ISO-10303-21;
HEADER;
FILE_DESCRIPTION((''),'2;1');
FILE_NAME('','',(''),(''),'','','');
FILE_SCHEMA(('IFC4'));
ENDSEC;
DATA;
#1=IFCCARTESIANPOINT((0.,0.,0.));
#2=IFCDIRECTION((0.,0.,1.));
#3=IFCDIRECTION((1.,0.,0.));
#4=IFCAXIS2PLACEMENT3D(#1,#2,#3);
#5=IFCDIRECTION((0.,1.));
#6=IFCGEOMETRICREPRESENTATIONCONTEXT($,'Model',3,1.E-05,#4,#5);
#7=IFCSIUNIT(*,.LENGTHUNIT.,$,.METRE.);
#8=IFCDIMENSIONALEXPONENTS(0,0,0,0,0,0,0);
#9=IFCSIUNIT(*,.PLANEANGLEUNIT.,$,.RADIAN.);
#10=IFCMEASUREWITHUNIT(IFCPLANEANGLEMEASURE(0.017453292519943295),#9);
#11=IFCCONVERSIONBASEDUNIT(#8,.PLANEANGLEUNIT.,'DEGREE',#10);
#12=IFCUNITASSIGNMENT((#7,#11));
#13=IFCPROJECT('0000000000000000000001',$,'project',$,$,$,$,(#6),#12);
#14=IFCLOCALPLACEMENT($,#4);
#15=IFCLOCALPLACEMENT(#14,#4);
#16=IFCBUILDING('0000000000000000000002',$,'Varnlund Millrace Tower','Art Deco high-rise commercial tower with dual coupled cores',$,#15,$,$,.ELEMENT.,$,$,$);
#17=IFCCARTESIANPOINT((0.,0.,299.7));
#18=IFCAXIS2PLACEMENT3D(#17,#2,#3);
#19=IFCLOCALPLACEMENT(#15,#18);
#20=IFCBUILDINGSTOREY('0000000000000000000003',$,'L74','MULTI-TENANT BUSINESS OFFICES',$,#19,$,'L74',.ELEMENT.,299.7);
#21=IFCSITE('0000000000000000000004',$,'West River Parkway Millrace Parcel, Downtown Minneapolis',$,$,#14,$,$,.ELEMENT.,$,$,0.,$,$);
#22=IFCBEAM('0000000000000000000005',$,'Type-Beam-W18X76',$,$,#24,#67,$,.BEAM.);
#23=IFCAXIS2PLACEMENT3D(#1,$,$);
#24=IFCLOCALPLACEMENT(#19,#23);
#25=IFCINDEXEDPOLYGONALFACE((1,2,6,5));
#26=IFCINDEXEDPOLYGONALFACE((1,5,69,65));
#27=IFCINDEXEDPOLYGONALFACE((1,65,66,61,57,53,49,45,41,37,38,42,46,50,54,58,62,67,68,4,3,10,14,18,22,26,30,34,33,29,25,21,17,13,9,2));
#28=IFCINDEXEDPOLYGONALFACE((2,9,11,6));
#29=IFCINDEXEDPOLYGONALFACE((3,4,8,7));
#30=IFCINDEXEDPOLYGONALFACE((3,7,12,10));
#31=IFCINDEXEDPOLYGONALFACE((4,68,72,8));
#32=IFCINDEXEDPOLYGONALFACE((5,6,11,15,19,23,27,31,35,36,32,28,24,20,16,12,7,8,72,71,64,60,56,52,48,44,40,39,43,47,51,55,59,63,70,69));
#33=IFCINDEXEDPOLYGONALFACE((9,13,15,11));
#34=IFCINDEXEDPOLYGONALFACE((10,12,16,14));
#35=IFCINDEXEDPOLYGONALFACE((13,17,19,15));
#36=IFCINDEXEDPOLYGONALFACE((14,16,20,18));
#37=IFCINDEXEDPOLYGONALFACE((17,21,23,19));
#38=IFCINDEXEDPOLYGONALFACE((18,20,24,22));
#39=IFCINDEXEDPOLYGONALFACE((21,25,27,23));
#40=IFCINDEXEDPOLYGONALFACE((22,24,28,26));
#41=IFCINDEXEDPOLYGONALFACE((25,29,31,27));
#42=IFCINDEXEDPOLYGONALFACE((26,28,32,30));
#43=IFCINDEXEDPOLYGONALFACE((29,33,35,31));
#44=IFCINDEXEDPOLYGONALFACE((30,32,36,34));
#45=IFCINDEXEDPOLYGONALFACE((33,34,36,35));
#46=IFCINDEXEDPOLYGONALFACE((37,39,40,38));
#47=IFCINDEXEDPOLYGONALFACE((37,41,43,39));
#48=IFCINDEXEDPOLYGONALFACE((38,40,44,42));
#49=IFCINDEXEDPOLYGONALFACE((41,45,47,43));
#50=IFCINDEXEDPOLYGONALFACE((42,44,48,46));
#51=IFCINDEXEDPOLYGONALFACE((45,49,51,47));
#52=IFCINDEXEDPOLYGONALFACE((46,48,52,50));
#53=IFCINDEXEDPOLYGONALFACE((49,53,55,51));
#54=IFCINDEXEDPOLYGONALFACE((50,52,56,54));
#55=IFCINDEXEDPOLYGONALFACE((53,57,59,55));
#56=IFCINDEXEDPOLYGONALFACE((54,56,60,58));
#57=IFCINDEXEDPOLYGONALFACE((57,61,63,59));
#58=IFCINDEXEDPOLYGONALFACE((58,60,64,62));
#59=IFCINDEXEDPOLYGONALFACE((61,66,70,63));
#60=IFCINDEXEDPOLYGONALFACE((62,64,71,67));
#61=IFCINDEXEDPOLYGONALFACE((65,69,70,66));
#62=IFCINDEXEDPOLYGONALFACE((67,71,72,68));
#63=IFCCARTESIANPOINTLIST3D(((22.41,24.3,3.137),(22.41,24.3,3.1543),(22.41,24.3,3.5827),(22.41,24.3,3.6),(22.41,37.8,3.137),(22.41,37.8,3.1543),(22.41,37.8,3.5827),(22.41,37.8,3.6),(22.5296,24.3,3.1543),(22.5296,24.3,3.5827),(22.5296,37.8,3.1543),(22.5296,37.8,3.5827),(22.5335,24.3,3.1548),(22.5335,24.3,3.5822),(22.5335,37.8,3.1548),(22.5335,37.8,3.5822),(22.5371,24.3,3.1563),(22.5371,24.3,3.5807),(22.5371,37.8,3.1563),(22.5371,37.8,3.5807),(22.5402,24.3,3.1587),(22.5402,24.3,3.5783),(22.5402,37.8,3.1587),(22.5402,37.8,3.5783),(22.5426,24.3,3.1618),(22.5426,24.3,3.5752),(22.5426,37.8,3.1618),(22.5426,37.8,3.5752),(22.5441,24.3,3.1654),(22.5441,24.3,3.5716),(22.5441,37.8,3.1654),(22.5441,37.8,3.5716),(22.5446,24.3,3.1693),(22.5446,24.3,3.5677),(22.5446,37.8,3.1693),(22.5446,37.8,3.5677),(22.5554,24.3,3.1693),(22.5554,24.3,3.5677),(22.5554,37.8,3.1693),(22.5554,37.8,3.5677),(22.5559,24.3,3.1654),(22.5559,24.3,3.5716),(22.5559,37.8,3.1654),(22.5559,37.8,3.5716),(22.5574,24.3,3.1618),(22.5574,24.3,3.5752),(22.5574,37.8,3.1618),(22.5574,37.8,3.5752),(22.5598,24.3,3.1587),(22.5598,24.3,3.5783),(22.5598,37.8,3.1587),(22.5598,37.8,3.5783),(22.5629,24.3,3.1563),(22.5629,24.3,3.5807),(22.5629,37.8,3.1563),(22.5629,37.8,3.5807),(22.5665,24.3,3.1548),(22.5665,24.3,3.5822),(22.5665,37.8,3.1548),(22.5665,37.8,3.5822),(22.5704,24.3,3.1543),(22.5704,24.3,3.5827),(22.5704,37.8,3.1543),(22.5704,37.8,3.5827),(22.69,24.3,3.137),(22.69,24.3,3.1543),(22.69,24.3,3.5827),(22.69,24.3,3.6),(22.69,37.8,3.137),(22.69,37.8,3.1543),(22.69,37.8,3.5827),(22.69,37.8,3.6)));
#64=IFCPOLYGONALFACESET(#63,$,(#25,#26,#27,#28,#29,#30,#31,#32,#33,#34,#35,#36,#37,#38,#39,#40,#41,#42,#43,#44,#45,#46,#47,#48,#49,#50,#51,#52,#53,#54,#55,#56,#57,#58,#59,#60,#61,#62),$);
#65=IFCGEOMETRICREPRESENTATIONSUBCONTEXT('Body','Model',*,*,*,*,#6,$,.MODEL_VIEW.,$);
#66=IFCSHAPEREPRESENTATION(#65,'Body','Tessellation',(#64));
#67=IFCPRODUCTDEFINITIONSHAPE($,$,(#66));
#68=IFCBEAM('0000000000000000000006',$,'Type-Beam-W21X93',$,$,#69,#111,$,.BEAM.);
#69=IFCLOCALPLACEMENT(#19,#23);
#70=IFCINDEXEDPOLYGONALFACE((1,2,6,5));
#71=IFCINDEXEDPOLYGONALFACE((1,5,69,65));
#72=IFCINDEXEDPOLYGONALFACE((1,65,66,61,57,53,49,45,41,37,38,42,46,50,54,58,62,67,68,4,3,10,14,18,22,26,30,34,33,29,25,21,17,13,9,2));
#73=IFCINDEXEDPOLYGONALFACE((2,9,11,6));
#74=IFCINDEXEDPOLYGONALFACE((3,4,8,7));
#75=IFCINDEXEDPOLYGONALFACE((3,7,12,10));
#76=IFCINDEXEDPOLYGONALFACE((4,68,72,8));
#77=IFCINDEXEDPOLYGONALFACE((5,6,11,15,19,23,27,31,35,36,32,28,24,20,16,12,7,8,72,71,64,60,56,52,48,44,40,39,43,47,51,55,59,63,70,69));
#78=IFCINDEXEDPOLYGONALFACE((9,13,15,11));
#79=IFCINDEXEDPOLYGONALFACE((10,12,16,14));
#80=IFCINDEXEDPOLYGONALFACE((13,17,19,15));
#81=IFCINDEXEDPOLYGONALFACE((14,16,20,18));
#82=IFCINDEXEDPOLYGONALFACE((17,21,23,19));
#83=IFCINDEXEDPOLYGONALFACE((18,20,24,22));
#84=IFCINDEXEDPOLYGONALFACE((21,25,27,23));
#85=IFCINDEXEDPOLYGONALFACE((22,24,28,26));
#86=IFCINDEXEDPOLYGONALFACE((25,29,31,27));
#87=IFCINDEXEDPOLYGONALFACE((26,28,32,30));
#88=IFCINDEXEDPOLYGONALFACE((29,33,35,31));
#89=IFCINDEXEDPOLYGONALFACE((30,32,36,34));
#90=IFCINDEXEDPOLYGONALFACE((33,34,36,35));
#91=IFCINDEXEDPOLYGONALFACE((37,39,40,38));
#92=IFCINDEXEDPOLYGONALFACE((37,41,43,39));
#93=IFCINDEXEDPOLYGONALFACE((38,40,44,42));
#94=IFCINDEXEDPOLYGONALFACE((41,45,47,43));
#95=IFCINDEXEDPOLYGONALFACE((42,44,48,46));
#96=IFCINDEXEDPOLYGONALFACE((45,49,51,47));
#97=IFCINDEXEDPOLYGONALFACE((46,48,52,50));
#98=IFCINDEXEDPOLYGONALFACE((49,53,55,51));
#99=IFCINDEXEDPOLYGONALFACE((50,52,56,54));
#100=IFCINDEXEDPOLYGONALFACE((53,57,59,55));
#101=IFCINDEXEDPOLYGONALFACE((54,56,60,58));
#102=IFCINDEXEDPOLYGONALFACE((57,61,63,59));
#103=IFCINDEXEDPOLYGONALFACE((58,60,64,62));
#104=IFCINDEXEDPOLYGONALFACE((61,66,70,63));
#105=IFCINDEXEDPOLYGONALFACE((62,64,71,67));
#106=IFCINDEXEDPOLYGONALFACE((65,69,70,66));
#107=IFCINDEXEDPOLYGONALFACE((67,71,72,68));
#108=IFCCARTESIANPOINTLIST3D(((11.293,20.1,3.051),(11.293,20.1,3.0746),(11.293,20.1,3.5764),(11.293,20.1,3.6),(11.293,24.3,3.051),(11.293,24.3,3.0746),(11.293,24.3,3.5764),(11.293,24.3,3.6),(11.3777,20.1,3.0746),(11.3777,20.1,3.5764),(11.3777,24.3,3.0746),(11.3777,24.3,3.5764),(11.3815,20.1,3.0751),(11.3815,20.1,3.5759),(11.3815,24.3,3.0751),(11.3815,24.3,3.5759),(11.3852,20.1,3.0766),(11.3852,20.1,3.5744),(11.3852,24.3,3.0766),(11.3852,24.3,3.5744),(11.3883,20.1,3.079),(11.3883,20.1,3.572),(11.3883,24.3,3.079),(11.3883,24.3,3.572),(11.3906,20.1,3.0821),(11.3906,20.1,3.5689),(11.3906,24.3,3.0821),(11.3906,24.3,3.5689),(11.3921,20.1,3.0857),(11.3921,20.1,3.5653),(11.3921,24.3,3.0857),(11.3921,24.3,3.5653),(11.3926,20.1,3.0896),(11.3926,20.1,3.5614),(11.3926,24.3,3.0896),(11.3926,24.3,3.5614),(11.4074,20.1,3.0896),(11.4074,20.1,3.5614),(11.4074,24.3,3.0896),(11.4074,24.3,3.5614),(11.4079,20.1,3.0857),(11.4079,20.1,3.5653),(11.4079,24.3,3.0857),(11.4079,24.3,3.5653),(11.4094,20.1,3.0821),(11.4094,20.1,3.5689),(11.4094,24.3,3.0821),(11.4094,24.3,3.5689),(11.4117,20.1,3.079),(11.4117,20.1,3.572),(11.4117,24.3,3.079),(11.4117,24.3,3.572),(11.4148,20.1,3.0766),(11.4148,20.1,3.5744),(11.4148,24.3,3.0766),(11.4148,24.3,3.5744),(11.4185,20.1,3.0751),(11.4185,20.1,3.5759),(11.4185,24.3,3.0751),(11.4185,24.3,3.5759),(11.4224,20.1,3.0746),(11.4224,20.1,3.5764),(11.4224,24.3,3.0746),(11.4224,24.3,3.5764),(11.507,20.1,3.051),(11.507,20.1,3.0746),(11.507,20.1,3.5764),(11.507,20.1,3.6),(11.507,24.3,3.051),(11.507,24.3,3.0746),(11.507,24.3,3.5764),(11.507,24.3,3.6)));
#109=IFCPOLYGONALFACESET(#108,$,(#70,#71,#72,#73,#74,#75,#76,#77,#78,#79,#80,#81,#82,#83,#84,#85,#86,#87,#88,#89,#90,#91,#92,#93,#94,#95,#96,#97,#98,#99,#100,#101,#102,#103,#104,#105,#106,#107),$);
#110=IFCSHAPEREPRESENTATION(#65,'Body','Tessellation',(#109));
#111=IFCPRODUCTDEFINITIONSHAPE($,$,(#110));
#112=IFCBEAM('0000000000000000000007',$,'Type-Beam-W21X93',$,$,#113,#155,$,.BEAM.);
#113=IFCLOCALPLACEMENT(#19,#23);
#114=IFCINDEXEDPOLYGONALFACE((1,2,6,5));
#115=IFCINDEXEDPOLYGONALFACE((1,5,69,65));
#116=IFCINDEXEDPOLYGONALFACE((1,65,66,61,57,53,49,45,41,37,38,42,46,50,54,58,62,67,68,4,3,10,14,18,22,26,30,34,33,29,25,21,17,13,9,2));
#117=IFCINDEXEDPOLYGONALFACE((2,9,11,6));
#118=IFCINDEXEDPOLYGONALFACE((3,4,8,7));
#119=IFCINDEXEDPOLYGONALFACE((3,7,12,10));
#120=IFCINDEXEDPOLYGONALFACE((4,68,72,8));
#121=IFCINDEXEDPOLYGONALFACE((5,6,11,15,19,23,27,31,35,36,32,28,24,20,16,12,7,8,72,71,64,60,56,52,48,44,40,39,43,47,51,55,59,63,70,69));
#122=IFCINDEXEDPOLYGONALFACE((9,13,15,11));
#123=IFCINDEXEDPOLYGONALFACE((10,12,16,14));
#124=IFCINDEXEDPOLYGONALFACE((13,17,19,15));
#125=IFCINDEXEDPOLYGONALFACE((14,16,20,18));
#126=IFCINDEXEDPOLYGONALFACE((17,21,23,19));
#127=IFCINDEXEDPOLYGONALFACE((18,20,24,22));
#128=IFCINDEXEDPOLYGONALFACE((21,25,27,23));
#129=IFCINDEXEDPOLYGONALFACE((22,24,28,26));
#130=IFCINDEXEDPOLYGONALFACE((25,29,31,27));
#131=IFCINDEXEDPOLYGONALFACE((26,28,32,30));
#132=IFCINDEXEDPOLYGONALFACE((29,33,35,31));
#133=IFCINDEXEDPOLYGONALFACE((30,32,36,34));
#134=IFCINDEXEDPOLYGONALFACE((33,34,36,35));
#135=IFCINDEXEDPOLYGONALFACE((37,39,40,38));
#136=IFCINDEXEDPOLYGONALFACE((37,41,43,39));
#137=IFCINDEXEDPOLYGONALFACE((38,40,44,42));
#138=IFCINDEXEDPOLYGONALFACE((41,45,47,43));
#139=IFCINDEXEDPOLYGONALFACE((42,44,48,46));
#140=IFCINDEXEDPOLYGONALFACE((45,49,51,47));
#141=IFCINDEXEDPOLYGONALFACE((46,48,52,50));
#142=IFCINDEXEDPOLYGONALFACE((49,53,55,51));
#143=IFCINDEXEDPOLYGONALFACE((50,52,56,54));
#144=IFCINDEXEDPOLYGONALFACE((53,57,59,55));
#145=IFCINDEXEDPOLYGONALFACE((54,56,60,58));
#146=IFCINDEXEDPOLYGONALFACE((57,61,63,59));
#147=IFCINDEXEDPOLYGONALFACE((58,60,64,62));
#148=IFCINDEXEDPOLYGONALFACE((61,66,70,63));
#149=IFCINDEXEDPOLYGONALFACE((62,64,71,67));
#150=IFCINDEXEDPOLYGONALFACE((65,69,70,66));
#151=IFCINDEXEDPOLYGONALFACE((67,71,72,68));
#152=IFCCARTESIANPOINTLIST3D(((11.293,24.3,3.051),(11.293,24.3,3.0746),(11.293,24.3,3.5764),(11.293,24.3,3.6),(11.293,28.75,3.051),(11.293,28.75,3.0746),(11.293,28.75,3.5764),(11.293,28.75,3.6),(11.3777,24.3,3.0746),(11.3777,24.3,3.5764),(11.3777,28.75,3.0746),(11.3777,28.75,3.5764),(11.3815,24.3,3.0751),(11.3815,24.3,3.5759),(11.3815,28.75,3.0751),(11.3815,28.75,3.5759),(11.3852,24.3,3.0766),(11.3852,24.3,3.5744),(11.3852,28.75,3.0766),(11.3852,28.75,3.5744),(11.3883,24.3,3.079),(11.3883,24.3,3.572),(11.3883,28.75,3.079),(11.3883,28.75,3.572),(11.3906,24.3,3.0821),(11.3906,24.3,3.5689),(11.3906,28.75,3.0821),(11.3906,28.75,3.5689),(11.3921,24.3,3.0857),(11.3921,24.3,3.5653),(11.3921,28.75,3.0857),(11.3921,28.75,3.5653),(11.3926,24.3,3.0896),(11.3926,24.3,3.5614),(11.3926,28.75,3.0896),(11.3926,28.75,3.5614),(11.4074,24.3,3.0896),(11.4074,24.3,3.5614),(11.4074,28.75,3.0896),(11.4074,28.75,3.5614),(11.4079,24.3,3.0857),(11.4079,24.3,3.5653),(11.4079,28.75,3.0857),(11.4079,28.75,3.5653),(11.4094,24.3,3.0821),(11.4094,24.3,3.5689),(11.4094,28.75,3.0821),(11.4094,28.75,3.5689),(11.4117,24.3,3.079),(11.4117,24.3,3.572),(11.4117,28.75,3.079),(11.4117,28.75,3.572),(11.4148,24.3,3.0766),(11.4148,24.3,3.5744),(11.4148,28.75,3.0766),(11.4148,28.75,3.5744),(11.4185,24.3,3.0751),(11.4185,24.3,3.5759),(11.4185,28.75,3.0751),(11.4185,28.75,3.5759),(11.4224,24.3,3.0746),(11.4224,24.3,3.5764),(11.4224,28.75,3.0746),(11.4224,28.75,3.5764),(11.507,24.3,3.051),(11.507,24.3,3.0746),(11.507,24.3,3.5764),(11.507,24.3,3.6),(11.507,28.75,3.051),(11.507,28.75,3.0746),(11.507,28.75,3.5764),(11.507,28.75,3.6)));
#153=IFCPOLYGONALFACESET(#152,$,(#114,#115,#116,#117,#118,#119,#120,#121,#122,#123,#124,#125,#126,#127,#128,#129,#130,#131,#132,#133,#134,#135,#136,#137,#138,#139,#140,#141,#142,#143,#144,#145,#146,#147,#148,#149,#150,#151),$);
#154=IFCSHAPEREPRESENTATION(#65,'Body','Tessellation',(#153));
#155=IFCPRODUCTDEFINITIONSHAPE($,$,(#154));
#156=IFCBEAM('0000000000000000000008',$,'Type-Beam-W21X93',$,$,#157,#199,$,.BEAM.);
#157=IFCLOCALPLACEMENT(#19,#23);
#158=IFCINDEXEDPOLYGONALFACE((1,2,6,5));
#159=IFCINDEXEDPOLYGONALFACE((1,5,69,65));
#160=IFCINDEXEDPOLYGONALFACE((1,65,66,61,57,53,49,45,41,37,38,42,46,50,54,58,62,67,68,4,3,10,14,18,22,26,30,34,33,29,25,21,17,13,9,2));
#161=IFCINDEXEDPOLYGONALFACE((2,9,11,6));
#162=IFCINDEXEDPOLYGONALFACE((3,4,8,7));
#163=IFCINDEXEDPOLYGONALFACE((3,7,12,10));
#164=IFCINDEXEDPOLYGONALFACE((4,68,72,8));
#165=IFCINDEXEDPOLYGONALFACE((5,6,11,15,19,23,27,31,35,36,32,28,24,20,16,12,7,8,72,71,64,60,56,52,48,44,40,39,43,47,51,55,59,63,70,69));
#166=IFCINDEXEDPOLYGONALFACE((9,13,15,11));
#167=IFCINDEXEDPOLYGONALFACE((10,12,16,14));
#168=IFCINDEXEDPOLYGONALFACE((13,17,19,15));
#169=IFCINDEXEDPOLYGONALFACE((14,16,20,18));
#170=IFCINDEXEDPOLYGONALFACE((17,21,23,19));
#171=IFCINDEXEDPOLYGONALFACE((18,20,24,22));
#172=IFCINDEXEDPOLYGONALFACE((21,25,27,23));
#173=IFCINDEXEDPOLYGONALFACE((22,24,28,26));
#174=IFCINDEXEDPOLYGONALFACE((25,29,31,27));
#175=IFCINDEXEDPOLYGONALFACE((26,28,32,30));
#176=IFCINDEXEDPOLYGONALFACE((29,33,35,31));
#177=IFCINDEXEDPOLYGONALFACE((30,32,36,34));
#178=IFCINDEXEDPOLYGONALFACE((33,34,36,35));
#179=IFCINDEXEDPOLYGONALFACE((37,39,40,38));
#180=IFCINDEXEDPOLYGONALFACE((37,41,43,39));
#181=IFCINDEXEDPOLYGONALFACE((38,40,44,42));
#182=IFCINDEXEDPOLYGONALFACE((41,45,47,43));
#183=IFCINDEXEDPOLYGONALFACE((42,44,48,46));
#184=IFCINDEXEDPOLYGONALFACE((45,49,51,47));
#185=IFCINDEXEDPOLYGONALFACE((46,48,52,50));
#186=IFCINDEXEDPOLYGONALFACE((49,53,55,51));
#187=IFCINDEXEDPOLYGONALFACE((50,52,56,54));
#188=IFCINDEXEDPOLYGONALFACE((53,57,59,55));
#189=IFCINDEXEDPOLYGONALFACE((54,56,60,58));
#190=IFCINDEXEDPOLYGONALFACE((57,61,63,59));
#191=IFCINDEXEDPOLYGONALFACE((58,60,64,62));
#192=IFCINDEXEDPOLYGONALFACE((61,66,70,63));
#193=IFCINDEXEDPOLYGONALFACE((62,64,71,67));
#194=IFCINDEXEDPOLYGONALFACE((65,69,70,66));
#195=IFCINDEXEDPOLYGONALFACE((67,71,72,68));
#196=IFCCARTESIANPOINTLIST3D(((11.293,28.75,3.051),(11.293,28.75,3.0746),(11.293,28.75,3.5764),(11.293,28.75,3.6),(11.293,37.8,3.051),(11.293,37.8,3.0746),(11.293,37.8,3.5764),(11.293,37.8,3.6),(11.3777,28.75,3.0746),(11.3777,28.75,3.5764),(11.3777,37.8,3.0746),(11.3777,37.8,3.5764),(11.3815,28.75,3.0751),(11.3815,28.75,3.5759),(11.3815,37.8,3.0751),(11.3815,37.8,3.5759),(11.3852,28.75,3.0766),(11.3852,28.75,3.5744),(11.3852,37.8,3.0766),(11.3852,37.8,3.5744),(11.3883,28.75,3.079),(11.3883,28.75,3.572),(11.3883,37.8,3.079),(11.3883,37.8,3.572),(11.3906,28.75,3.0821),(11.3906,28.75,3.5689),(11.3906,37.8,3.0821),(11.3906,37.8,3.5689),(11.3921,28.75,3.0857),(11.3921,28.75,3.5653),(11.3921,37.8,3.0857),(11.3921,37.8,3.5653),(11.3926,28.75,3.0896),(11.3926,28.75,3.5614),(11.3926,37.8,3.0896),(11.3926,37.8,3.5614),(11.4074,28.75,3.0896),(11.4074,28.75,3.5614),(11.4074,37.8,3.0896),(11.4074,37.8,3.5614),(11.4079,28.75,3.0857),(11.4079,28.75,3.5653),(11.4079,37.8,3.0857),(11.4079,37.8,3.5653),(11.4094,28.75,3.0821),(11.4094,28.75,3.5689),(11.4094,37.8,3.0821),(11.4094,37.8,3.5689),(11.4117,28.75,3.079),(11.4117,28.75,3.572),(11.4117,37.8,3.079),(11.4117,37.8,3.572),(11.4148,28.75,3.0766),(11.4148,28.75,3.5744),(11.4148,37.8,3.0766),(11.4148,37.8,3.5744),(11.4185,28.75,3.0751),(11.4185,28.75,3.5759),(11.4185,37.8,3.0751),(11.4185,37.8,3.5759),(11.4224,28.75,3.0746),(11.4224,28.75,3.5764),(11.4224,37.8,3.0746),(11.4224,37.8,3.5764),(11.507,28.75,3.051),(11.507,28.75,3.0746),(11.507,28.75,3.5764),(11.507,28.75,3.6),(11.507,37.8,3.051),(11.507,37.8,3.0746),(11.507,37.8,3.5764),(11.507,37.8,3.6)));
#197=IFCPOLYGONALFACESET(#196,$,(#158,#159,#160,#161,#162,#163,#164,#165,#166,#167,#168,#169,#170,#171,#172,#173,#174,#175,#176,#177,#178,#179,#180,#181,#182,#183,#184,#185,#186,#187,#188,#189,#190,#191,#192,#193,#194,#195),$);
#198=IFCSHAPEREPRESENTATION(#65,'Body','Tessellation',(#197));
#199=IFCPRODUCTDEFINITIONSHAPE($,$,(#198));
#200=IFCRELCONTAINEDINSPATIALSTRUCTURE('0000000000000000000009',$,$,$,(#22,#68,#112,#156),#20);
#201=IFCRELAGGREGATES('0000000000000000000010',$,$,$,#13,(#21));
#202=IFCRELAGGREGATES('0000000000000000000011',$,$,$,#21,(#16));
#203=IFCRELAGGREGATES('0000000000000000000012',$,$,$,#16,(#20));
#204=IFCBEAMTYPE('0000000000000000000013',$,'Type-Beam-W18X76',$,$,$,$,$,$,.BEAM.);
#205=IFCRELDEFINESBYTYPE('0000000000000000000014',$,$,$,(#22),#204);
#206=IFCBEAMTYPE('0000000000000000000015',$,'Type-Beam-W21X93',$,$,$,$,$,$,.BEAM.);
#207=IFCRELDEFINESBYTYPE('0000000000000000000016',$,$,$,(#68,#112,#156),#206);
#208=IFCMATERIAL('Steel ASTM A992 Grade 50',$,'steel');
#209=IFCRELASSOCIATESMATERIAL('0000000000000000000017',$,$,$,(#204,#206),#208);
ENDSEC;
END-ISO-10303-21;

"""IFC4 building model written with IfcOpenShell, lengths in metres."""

from ifc_helpers import new_model, entity, si_unit, converted_unit, direction, frame, origin_with_axes, origin_2d_with_axis, place, context, subcontext, project, spatial, i_section, extrude, material, material_profile, profile_set, type_object, element, save


model = new_model("IFC4")

# Units and contexts
model_context = context("Model", 3, precision=1e-05, world=origin_with_axes(), true_north=direction((0.0, 1.0)))
body_context = subcontext(model_context, "Body", "Model", "MODEL_VIEW")
ifc_project = project(units=[si_unit("LENGTHUNIT", "METRE"), converted_unit("PLANEANGLEUNIT", "DEGREE", entity("IfcPlaneAngleMeasure", 0.017453292519943295), si_unit("PLANEANGLEUNIT", "RADIAN"), dimensions=[0, 0, 0, 0, 0, 0, 0])], contexts=[model_context])

# Site, building, storey
site_placement = place(None, origin_with_axes())
site = spatial("IfcSite", under=ifc_project, at=site_placement, Name="West River Parkway Millrace Parcel, Downtown Minneapolis", CompositionType="ELEMENT", RefElevation=0.0)
building_placement = place(site_placement, origin_with_axes())
building = spatial("IfcBuilding", under=site, at=building_placement, Name="Varnlund Millrace Tower", Description="Art Deco high-rise commercial tower with dual coupled cores", CompositionType="ELEMENT")
storey_placement = place(building_placement, frame((0.0, 0.0, 299.7), z_axis=(0.0, 0.0, 1.0), x_axis=(1.0, 0.0, 0.0)))
storey = spatial("IfcBuildingStorey", under=building, at=storey_placement, Name="L74", Description="MULTI-TENANT BUSINESS OFFICES", LongName="L74", CompositionType="ELEMENT", Elevation=299.7)

# Beams
ifc_material_1 = material(Name="Steel ASTM A992 Grade 50", Category="steel")
ifc_material_profile_1 = material_profile(ifc_material_1, i_section(OverallWidth=0.28, OverallDepth=0.463, WebThickness=0.0108, FlangeThickness=0.0173, FilletRadius=0.015, at=origin_2d_with_axis()), Name="Steel ASTM A992 Grade 50")
ifc_profile_set_1 = profile_set([ifc_material_profile_1], Name="Steel ASTM A992 Grade 50")
beam_type_1 = type_object("IfcBeamType", Name="Type-Beam-W18X76", PredefinedType="BEAM", material=ifc_profile_set_1)
beam_1_placement = place(storey_placement, frame((22.55, 24.3, 3.3685), z_axis=(0.0, 1.0, 0.0), x_axis=(-1.0, 0.0, 0.0)))
element("IfcBeam", 1, at=beam_1_placement, inside=storey, type_object=beam_type_1, Name="Type-Beam-W18X76", PredefinedType="BEAM", context=body_context, shape_type="SweptSolid", body=[
    extrude(i_section(OverallWidth=0.28, OverallDepth=0.463, WebThickness=0.0108, FlangeThickness=0.0173, FilletRadius=0.015, at=origin_2d_with_axis()), origin_with_axes(), (0.0, 0.0, 1.0), 13.5),
])
ifc_material_profile_2 = material_profile(ifc_material_1, i_section(OverallWidth=0.214, OverallDepth=0.549, WebThickness=0.0147, FlangeThickness=0.0236, FilletRadius=0.015, at=origin_2d_with_axis()), Name="Steel ASTM A992 Grade 50")
ifc_profile_set_2 = profile_set([ifc_material_profile_2], Name="Steel ASTM A992 Grade 50")
beam_type_2 = type_object("IfcBeamType", Name="Type-Beam-W21X93", PredefinedType="BEAM", material=ifc_profile_set_2)
beam_2_placement = place(storey_placement, frame((11.4, 20.1, 3.3255), z_axis=(0.0, 1.0, 0.0), x_axis=(-1.0, 0.0, 0.0)))
element("IfcBeam", 2, at=beam_2_placement, inside=storey, type_object=beam_type_2, Name="Type-Beam-W21X93", PredefinedType="BEAM", context=body_context, shape_type="SweptSolid", body=[
    extrude(i_section(OverallWidth=0.214, OverallDepth=0.549, WebThickness=0.0147, FlangeThickness=0.0236, FilletRadius=0.015, at=origin_2d_with_axis()), origin_with_axes(), (0.0, 0.0, 1.0), 4.2),
])
beam_3_placement = place(storey_placement, frame((11.4, 24.3, 3.3255), z_axis=(0.0, 1.0, 0.0), x_axis=(-1.0, 0.0, 0.0)))
element("IfcBeam", 3, at=beam_3_placement, inside=storey, type_object=beam_type_2, Name="Type-Beam-W21X93", PredefinedType="BEAM", context=body_context, shape_type="SweptSolid", body=[
    extrude(i_section(OverallWidth=0.214, OverallDepth=0.549, WebThickness=0.0147, FlangeThickness=0.0236, FilletRadius=0.015, at=origin_2d_with_axis()), origin_with_axes(), (0.0, 0.0, 1.0), 4.45),
])
beam_4_placement = place(storey_placement, frame((11.4, 28.75, 3.3255), z_axis=(0.0, 1.0, 0.0), x_axis=(-1.0, 0.0, 0.0)))
element("IfcBeam", 4, at=beam_4_placement, inside=storey, type_object=beam_type_2, Name="Type-Beam-W21X93", PredefinedType="BEAM", context=body_context, shape_type="SweptSolid", body=[
    extrude(i_section(OverallWidth=0.214, OverallDepth=0.549, WebThickness=0.0147, FlangeThickness=0.0236, FilletRadius=0.015, at=origin_2d_with_axis()), origin_with_axes(), (0.0, 0.0, 1.0), 9.05),
])

save(model, "model.ifc")
